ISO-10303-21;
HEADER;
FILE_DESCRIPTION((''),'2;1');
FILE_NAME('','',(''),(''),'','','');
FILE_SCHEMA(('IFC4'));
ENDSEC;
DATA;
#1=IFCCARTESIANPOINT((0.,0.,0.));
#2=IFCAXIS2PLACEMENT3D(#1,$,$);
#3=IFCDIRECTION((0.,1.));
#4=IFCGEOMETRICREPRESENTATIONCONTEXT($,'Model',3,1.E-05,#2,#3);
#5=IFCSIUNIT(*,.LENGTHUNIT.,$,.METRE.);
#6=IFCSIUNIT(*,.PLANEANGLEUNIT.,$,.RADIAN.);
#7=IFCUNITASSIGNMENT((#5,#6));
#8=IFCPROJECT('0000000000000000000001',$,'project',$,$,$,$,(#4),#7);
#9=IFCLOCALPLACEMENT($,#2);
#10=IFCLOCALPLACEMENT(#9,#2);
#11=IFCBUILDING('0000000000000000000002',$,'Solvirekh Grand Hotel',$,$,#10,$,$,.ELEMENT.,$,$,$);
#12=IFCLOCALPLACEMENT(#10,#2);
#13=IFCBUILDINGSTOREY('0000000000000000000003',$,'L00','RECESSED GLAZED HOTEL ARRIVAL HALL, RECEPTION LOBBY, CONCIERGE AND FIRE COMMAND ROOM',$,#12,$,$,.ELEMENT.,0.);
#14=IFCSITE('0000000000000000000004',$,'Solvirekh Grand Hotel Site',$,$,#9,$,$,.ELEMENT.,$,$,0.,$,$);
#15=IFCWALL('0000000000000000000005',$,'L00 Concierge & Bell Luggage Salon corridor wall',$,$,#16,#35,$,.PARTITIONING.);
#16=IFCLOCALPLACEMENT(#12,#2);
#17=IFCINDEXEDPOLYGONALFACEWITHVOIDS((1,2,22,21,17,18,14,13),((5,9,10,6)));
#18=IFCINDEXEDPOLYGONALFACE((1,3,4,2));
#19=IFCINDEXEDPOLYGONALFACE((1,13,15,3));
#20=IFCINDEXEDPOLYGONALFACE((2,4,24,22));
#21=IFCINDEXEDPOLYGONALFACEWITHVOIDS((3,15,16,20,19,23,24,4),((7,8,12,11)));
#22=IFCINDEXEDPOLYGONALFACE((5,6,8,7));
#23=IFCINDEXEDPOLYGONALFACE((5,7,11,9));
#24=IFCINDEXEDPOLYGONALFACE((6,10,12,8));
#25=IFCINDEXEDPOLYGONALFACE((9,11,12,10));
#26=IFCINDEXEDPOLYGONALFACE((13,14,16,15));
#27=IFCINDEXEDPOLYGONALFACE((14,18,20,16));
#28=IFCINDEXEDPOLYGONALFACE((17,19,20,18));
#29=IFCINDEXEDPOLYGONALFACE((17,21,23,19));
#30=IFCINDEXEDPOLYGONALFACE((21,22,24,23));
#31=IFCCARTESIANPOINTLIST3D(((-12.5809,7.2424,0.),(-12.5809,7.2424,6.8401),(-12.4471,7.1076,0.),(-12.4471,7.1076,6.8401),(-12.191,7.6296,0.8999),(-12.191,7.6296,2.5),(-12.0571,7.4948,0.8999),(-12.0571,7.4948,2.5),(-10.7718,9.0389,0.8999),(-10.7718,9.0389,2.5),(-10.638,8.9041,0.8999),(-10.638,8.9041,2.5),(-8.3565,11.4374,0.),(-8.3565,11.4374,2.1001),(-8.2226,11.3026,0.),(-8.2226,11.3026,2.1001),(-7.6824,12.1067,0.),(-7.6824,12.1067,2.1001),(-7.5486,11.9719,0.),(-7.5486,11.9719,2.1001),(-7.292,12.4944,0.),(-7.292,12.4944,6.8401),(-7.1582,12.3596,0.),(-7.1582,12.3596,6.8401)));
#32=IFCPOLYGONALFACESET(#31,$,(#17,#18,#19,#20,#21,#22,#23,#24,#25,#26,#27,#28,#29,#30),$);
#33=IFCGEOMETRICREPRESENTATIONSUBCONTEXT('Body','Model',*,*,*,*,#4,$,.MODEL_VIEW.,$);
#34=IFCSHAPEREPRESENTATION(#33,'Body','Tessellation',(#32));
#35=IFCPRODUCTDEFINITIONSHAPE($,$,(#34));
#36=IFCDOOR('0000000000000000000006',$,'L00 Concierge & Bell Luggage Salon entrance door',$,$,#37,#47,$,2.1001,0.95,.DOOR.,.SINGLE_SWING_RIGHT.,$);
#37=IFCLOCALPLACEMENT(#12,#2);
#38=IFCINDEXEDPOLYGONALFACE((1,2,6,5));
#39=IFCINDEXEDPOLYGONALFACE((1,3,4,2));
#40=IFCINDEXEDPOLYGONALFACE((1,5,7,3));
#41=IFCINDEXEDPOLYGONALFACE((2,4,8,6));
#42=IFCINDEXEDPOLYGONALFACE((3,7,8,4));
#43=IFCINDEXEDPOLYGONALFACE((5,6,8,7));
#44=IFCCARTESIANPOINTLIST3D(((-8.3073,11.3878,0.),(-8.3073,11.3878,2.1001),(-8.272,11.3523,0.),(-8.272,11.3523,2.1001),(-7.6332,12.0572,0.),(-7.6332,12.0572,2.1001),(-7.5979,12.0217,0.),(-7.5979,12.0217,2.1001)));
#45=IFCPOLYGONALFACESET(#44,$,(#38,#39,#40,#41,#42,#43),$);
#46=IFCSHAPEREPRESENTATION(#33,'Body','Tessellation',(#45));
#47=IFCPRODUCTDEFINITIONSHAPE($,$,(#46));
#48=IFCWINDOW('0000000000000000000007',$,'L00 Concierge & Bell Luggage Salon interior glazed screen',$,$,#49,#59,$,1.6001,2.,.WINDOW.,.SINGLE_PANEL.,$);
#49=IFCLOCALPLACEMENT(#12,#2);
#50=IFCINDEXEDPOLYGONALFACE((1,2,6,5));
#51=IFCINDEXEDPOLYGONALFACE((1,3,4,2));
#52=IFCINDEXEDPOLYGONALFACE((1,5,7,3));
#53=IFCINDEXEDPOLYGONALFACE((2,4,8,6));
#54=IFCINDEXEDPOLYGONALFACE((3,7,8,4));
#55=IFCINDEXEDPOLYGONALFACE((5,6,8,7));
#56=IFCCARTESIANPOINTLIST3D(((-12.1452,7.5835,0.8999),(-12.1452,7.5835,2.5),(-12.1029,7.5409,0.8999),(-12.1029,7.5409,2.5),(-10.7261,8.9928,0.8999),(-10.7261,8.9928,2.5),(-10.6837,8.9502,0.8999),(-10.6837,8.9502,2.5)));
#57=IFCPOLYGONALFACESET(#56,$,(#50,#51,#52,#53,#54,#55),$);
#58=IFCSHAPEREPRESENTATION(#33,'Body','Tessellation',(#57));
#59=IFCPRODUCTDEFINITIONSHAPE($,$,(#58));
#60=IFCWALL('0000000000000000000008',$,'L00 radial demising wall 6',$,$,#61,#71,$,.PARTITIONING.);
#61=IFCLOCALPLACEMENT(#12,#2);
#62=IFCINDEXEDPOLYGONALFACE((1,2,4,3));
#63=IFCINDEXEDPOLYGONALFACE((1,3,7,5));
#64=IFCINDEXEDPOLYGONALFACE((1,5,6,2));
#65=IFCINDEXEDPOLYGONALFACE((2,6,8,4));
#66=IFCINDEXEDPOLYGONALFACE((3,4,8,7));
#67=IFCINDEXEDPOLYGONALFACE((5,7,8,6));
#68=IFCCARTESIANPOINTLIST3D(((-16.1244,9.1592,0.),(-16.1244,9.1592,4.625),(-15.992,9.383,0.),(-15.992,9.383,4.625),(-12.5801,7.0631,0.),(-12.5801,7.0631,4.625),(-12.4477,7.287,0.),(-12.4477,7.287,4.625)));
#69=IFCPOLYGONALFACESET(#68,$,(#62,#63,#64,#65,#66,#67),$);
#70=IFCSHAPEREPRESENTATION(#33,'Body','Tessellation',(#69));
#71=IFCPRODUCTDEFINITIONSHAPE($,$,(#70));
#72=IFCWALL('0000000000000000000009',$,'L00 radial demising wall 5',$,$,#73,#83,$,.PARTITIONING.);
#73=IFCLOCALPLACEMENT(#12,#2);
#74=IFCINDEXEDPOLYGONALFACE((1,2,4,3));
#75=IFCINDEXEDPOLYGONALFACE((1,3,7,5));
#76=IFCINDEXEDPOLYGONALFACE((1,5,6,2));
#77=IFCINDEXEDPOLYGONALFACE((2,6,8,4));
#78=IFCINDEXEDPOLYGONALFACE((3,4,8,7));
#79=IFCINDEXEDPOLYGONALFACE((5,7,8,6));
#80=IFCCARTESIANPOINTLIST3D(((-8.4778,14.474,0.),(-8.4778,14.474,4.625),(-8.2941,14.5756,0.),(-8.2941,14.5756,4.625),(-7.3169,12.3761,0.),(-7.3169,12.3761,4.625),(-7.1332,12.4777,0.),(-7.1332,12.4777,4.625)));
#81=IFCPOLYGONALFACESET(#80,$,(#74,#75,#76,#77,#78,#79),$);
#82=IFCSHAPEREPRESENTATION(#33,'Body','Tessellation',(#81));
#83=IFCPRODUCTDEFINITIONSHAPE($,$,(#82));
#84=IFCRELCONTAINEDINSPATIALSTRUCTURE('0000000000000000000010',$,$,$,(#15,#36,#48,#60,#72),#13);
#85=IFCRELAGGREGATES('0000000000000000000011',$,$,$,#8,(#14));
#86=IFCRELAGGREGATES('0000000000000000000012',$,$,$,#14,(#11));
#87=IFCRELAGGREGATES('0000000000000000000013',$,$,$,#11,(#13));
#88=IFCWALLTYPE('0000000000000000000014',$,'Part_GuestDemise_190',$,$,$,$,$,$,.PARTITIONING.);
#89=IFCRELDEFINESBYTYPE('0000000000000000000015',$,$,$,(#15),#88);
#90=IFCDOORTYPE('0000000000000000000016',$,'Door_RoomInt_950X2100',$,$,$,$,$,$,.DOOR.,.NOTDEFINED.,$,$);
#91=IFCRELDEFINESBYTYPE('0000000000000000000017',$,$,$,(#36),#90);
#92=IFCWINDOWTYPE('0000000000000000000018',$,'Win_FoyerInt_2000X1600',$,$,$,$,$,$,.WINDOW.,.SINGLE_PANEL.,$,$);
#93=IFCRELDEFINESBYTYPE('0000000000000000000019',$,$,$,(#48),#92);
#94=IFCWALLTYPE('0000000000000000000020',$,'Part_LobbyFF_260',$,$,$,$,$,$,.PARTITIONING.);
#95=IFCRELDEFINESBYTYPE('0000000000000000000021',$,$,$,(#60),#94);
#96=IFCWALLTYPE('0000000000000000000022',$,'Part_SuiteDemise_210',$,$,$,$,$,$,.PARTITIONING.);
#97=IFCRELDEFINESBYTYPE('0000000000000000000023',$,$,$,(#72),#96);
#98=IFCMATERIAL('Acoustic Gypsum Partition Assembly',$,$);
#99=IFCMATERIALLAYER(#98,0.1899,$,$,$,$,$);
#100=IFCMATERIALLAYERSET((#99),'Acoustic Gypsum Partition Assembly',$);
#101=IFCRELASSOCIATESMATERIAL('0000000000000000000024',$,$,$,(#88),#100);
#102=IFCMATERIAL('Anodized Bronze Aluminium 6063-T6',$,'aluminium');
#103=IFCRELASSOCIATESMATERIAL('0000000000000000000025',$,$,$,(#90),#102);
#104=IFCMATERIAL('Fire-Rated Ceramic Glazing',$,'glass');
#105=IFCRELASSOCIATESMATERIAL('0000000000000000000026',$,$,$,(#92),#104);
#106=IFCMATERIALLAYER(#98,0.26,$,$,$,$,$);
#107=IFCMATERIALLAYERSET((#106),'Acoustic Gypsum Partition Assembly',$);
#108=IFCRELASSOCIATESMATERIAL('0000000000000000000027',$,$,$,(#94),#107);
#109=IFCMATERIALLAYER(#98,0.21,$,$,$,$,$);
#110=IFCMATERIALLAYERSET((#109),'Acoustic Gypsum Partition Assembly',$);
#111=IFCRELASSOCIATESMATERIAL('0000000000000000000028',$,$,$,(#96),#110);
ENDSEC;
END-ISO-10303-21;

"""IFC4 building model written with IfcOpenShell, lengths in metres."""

from ifc_helpers import new_model, si_unit, direction, frame, frame_2d, origin, place, context, subcontext, project, spatial, rectangle, extrude, material, layer, layer_set, type_object, element, fill, save


model = new_model("IFC4")

# Units and contexts
model_context = context("Model", 3, precision=1e-05, world=origin(), true_north=direction((0.0, 1.0)))
body_context = subcontext(model_context, "Body", "Model", "MODEL_VIEW")
ifc_project = project(units=[si_unit("LENGTHUNIT", "METRE"), si_unit("PLANEANGLEUNIT", "RADIAN")], contexts=[model_context])

# Site, building, storey
site_placement = place(None, origin())
site = spatial("IfcSite", under=ifc_project, at=site_placement, Name="Solvirekh Grand Hotel Site", CompositionType="ELEMENT", RefElevation=0.0)
building_placement = place(site_placement, origin())
building = spatial("IfcBuilding", under=site, at=building_placement, Name="Solvirekh Grand Hotel", CompositionType="ELEMENT")
storey_placement = place(building_placement, origin())
storey = spatial("IfcBuildingStorey", under=building, at=storey_placement, Name="L00", Description="RECESSED GLAZED HOTEL ARRIVAL HALL, RECEPTION LOBBY, CONCIERGE AND FIRE COMMAND ROOM", CompositionType="ELEMENT", Elevation=0.0)

# Wall, openings, door, window
ifc_material_1 = material(Name="Acoustic Gypsum Partition Assembly")
ifc_layer_1 = layer(ifc_material_1, 0.1899)
ifc_layer_set_1 = layer_set([ifc_layer_1], Name="Acoustic Gypsum Partition Assembly")
wall_type_1 = type_object("IfcWallType", Name="Part_GuestDemise_190", PredefinedType="PARTITIONING", material=ifc_layer_set_1)
wall_1_placement = place(storey_placement, frame((-7.2251, 12.427, 0.0), z_axis=(0.0, 0.0, 1.0), x_axis=(-0.709575, -0.704629, 0.0)))
wall_1 = element("IfcWall", 1, at=wall_1_placement, inside=storey, type_object=wall_type_1, Name="L00 Concierge & Bell Luggage Salon corridor wall", PredefinedType="PARTITIONING", context=body_context, shape_type="SweptSolid", body=[
    extrude(rectangle(XDim=7.4536, YDim=0.1899, at=frame_2d((3.7268, 0.0))), origin(), (0.0, 0.0, 1.0), 6.8401),
])
opening_1_placement = place(wall_1_placement, frame((0.55, 0.0, 0.0)))
opening_1 = element("IfcOpeningElement", 2, at=opening_1_placement, cuts=wall_1, PredefinedType="OPENING", context=body_context, shape_type="SweptSolid", body=[
    extrude(rectangle(XDim=0.95, YDim=2.1001, at=frame_2d((0.4751, 1.05))), frame((0.0, 0.105, 0.0), z_axis=(0.0, -1.0, 0.0), x_axis=(1.0, 0.0, 0.0)), (0.0, 0.0, 1.0), 0.21),
])
opening_2_placement = place(wall_1_placement, frame((4.9041, 0.0, 0.8999)))
opening_2 = element("IfcOpeningElement", 3, at=opening_2_placement, cuts=wall_1, PredefinedType="OPENING", context=body_context, shape_type="SweptSolid", body=[
    extrude(rectangle(XDim=2.0, YDim=1.6001, at=frame_2d((1.0, 0.8))), frame((0.0, 0.105, 0.0), z_axis=(0.0, -1.0, 0.0), x_axis=(1.0, 0.0, 0.0)), (0.0, 0.0, 1.0), 0.21),
])
ifc_material_2 = material(Name="Anodized Bronze Aluminium 6063-T6", Category="aluminium")
door_type = type_object("IfcDoorType", Name="Door_RoomInt_950X2100", OperationType="NOTDEFINED", PredefinedType="DOOR", material=ifc_material_2)
door_placement = place(opening_1_placement, origin())
door = element("IfcDoor", 4, at=door_placement, inside=storey, type_object=door_type, Name="L00 Concierge & Bell Luggage Salon entrance door", OperationType="SINGLE_SWING_RIGHT", OverallHeight=2.1001, OverallWidth=0.95, PredefinedType="DOOR", context=body_context, shape_type="SweptSolid", body=[
    extrude(rectangle(XDim=0.95, YDim=2.1001, at=frame_2d((0.4751, 1.05))), frame((0.0, 0.0249, 0.0), z_axis=(0.0, -1.0, 0.0), x_axis=(1.0, 0.0, 0.0)), (0.0, 0.0, 1.0), 0.05),
])
fill(opening_1, door)
ifc_material_3 = material(Name="Fire-Rated Ceramic Glazing", Category="glass")
window_type = type_object("IfcWindowType", Name="Win_FoyerInt_2000X1600", PartitioningType="SINGLE_PANEL", PredefinedType="WINDOW", material=ifc_material_3)
window_placement = place(opening_2_placement, origin())
window = element("IfcWindow", 5, at=window_placement, inside=storey, type_object=window_type, Name="L00 Concierge & Bell Luggage Salon interior glazed screen", OverallHeight=1.6001, OverallWidth=2.0, PartitioningType="SINGLE_PANEL", PredefinedType="WINDOW", context=body_context, shape_type="SweptSolid", body=[
    extrude(rectangle(XDim=2.0, YDim=1.6001, at=frame_2d((1.0, 0.8))), frame((0.0, 0.03, 0.0), z_axis=(0.0, -1.0, 0.0), x_axis=(1.0, 0.0, 0.0)), (0.0, 0.0, 1.0), 0.0601),
])
fill(opening_2, window)

# Walls
ifc_layer_2 = layer(ifc_material_1, 0.26)
ifc_layer_set_2 = layer_set([ifc_layer_2], Name="Acoustic Gypsum Partition Assembly")
wall_type_2 = type_object("IfcWallType", Name="Part_LobbyFF_260", PredefinedType="PARTITIONING", material=ifc_layer_set_2)
wall_2_placement = place(storey_placement, frame((-12.5139, 7.175, 0.0), z_axis=(0.0, 0.0, 1.0), x_axis=(-0.860751, 0.509027, 0.0)))
element("IfcWall", 6, at=wall_2_placement, inside=storey, type_object=wall_type_2, Name="L00 radial demising wall 6", PredefinedType="PARTITIONING", context=body_context, shape_type="SweptSolid", body=[
    extrude(rectangle(XDim=4.1177, YDim=0.26, at=frame_2d((2.0588, 0.0))), origin(), (0.0, 0.0, 1.0), 4.625),
])
ifc_layer_3 = layer(ifc_material_1, 0.21)
ifc_layer_set_3 = layer_set([ifc_layer_3], Name="Acoustic Gypsum Partition Assembly")
wall_type_3 = type_object("IfcWallType", Name="Part_SuiteDemise_210", PredefinedType="PARTITIONING", material=ifc_layer_set_3)
wall_3_placement = place(storey_placement, frame((-7.2251, 12.427, 0.0), z_axis=(0.0, 0.0, 1.0), x_axis=(-0.484173, 0.874973, 0.0)))
element("IfcWall", 7, at=wall_3_placement, inside=storey, type_object=wall_type_3, Name="L00 radial demising wall 5", PredefinedType="PARTITIONING", context=body_context, shape_type="SweptSolid", body=[
    extrude(rectangle(XDim=2.3977, YDim=0.21, at=frame_2d((1.1987, 0.0))), origin(), (0.0, 0.0, 1.0), 4.625),
])

save(model, "model.ifc")
